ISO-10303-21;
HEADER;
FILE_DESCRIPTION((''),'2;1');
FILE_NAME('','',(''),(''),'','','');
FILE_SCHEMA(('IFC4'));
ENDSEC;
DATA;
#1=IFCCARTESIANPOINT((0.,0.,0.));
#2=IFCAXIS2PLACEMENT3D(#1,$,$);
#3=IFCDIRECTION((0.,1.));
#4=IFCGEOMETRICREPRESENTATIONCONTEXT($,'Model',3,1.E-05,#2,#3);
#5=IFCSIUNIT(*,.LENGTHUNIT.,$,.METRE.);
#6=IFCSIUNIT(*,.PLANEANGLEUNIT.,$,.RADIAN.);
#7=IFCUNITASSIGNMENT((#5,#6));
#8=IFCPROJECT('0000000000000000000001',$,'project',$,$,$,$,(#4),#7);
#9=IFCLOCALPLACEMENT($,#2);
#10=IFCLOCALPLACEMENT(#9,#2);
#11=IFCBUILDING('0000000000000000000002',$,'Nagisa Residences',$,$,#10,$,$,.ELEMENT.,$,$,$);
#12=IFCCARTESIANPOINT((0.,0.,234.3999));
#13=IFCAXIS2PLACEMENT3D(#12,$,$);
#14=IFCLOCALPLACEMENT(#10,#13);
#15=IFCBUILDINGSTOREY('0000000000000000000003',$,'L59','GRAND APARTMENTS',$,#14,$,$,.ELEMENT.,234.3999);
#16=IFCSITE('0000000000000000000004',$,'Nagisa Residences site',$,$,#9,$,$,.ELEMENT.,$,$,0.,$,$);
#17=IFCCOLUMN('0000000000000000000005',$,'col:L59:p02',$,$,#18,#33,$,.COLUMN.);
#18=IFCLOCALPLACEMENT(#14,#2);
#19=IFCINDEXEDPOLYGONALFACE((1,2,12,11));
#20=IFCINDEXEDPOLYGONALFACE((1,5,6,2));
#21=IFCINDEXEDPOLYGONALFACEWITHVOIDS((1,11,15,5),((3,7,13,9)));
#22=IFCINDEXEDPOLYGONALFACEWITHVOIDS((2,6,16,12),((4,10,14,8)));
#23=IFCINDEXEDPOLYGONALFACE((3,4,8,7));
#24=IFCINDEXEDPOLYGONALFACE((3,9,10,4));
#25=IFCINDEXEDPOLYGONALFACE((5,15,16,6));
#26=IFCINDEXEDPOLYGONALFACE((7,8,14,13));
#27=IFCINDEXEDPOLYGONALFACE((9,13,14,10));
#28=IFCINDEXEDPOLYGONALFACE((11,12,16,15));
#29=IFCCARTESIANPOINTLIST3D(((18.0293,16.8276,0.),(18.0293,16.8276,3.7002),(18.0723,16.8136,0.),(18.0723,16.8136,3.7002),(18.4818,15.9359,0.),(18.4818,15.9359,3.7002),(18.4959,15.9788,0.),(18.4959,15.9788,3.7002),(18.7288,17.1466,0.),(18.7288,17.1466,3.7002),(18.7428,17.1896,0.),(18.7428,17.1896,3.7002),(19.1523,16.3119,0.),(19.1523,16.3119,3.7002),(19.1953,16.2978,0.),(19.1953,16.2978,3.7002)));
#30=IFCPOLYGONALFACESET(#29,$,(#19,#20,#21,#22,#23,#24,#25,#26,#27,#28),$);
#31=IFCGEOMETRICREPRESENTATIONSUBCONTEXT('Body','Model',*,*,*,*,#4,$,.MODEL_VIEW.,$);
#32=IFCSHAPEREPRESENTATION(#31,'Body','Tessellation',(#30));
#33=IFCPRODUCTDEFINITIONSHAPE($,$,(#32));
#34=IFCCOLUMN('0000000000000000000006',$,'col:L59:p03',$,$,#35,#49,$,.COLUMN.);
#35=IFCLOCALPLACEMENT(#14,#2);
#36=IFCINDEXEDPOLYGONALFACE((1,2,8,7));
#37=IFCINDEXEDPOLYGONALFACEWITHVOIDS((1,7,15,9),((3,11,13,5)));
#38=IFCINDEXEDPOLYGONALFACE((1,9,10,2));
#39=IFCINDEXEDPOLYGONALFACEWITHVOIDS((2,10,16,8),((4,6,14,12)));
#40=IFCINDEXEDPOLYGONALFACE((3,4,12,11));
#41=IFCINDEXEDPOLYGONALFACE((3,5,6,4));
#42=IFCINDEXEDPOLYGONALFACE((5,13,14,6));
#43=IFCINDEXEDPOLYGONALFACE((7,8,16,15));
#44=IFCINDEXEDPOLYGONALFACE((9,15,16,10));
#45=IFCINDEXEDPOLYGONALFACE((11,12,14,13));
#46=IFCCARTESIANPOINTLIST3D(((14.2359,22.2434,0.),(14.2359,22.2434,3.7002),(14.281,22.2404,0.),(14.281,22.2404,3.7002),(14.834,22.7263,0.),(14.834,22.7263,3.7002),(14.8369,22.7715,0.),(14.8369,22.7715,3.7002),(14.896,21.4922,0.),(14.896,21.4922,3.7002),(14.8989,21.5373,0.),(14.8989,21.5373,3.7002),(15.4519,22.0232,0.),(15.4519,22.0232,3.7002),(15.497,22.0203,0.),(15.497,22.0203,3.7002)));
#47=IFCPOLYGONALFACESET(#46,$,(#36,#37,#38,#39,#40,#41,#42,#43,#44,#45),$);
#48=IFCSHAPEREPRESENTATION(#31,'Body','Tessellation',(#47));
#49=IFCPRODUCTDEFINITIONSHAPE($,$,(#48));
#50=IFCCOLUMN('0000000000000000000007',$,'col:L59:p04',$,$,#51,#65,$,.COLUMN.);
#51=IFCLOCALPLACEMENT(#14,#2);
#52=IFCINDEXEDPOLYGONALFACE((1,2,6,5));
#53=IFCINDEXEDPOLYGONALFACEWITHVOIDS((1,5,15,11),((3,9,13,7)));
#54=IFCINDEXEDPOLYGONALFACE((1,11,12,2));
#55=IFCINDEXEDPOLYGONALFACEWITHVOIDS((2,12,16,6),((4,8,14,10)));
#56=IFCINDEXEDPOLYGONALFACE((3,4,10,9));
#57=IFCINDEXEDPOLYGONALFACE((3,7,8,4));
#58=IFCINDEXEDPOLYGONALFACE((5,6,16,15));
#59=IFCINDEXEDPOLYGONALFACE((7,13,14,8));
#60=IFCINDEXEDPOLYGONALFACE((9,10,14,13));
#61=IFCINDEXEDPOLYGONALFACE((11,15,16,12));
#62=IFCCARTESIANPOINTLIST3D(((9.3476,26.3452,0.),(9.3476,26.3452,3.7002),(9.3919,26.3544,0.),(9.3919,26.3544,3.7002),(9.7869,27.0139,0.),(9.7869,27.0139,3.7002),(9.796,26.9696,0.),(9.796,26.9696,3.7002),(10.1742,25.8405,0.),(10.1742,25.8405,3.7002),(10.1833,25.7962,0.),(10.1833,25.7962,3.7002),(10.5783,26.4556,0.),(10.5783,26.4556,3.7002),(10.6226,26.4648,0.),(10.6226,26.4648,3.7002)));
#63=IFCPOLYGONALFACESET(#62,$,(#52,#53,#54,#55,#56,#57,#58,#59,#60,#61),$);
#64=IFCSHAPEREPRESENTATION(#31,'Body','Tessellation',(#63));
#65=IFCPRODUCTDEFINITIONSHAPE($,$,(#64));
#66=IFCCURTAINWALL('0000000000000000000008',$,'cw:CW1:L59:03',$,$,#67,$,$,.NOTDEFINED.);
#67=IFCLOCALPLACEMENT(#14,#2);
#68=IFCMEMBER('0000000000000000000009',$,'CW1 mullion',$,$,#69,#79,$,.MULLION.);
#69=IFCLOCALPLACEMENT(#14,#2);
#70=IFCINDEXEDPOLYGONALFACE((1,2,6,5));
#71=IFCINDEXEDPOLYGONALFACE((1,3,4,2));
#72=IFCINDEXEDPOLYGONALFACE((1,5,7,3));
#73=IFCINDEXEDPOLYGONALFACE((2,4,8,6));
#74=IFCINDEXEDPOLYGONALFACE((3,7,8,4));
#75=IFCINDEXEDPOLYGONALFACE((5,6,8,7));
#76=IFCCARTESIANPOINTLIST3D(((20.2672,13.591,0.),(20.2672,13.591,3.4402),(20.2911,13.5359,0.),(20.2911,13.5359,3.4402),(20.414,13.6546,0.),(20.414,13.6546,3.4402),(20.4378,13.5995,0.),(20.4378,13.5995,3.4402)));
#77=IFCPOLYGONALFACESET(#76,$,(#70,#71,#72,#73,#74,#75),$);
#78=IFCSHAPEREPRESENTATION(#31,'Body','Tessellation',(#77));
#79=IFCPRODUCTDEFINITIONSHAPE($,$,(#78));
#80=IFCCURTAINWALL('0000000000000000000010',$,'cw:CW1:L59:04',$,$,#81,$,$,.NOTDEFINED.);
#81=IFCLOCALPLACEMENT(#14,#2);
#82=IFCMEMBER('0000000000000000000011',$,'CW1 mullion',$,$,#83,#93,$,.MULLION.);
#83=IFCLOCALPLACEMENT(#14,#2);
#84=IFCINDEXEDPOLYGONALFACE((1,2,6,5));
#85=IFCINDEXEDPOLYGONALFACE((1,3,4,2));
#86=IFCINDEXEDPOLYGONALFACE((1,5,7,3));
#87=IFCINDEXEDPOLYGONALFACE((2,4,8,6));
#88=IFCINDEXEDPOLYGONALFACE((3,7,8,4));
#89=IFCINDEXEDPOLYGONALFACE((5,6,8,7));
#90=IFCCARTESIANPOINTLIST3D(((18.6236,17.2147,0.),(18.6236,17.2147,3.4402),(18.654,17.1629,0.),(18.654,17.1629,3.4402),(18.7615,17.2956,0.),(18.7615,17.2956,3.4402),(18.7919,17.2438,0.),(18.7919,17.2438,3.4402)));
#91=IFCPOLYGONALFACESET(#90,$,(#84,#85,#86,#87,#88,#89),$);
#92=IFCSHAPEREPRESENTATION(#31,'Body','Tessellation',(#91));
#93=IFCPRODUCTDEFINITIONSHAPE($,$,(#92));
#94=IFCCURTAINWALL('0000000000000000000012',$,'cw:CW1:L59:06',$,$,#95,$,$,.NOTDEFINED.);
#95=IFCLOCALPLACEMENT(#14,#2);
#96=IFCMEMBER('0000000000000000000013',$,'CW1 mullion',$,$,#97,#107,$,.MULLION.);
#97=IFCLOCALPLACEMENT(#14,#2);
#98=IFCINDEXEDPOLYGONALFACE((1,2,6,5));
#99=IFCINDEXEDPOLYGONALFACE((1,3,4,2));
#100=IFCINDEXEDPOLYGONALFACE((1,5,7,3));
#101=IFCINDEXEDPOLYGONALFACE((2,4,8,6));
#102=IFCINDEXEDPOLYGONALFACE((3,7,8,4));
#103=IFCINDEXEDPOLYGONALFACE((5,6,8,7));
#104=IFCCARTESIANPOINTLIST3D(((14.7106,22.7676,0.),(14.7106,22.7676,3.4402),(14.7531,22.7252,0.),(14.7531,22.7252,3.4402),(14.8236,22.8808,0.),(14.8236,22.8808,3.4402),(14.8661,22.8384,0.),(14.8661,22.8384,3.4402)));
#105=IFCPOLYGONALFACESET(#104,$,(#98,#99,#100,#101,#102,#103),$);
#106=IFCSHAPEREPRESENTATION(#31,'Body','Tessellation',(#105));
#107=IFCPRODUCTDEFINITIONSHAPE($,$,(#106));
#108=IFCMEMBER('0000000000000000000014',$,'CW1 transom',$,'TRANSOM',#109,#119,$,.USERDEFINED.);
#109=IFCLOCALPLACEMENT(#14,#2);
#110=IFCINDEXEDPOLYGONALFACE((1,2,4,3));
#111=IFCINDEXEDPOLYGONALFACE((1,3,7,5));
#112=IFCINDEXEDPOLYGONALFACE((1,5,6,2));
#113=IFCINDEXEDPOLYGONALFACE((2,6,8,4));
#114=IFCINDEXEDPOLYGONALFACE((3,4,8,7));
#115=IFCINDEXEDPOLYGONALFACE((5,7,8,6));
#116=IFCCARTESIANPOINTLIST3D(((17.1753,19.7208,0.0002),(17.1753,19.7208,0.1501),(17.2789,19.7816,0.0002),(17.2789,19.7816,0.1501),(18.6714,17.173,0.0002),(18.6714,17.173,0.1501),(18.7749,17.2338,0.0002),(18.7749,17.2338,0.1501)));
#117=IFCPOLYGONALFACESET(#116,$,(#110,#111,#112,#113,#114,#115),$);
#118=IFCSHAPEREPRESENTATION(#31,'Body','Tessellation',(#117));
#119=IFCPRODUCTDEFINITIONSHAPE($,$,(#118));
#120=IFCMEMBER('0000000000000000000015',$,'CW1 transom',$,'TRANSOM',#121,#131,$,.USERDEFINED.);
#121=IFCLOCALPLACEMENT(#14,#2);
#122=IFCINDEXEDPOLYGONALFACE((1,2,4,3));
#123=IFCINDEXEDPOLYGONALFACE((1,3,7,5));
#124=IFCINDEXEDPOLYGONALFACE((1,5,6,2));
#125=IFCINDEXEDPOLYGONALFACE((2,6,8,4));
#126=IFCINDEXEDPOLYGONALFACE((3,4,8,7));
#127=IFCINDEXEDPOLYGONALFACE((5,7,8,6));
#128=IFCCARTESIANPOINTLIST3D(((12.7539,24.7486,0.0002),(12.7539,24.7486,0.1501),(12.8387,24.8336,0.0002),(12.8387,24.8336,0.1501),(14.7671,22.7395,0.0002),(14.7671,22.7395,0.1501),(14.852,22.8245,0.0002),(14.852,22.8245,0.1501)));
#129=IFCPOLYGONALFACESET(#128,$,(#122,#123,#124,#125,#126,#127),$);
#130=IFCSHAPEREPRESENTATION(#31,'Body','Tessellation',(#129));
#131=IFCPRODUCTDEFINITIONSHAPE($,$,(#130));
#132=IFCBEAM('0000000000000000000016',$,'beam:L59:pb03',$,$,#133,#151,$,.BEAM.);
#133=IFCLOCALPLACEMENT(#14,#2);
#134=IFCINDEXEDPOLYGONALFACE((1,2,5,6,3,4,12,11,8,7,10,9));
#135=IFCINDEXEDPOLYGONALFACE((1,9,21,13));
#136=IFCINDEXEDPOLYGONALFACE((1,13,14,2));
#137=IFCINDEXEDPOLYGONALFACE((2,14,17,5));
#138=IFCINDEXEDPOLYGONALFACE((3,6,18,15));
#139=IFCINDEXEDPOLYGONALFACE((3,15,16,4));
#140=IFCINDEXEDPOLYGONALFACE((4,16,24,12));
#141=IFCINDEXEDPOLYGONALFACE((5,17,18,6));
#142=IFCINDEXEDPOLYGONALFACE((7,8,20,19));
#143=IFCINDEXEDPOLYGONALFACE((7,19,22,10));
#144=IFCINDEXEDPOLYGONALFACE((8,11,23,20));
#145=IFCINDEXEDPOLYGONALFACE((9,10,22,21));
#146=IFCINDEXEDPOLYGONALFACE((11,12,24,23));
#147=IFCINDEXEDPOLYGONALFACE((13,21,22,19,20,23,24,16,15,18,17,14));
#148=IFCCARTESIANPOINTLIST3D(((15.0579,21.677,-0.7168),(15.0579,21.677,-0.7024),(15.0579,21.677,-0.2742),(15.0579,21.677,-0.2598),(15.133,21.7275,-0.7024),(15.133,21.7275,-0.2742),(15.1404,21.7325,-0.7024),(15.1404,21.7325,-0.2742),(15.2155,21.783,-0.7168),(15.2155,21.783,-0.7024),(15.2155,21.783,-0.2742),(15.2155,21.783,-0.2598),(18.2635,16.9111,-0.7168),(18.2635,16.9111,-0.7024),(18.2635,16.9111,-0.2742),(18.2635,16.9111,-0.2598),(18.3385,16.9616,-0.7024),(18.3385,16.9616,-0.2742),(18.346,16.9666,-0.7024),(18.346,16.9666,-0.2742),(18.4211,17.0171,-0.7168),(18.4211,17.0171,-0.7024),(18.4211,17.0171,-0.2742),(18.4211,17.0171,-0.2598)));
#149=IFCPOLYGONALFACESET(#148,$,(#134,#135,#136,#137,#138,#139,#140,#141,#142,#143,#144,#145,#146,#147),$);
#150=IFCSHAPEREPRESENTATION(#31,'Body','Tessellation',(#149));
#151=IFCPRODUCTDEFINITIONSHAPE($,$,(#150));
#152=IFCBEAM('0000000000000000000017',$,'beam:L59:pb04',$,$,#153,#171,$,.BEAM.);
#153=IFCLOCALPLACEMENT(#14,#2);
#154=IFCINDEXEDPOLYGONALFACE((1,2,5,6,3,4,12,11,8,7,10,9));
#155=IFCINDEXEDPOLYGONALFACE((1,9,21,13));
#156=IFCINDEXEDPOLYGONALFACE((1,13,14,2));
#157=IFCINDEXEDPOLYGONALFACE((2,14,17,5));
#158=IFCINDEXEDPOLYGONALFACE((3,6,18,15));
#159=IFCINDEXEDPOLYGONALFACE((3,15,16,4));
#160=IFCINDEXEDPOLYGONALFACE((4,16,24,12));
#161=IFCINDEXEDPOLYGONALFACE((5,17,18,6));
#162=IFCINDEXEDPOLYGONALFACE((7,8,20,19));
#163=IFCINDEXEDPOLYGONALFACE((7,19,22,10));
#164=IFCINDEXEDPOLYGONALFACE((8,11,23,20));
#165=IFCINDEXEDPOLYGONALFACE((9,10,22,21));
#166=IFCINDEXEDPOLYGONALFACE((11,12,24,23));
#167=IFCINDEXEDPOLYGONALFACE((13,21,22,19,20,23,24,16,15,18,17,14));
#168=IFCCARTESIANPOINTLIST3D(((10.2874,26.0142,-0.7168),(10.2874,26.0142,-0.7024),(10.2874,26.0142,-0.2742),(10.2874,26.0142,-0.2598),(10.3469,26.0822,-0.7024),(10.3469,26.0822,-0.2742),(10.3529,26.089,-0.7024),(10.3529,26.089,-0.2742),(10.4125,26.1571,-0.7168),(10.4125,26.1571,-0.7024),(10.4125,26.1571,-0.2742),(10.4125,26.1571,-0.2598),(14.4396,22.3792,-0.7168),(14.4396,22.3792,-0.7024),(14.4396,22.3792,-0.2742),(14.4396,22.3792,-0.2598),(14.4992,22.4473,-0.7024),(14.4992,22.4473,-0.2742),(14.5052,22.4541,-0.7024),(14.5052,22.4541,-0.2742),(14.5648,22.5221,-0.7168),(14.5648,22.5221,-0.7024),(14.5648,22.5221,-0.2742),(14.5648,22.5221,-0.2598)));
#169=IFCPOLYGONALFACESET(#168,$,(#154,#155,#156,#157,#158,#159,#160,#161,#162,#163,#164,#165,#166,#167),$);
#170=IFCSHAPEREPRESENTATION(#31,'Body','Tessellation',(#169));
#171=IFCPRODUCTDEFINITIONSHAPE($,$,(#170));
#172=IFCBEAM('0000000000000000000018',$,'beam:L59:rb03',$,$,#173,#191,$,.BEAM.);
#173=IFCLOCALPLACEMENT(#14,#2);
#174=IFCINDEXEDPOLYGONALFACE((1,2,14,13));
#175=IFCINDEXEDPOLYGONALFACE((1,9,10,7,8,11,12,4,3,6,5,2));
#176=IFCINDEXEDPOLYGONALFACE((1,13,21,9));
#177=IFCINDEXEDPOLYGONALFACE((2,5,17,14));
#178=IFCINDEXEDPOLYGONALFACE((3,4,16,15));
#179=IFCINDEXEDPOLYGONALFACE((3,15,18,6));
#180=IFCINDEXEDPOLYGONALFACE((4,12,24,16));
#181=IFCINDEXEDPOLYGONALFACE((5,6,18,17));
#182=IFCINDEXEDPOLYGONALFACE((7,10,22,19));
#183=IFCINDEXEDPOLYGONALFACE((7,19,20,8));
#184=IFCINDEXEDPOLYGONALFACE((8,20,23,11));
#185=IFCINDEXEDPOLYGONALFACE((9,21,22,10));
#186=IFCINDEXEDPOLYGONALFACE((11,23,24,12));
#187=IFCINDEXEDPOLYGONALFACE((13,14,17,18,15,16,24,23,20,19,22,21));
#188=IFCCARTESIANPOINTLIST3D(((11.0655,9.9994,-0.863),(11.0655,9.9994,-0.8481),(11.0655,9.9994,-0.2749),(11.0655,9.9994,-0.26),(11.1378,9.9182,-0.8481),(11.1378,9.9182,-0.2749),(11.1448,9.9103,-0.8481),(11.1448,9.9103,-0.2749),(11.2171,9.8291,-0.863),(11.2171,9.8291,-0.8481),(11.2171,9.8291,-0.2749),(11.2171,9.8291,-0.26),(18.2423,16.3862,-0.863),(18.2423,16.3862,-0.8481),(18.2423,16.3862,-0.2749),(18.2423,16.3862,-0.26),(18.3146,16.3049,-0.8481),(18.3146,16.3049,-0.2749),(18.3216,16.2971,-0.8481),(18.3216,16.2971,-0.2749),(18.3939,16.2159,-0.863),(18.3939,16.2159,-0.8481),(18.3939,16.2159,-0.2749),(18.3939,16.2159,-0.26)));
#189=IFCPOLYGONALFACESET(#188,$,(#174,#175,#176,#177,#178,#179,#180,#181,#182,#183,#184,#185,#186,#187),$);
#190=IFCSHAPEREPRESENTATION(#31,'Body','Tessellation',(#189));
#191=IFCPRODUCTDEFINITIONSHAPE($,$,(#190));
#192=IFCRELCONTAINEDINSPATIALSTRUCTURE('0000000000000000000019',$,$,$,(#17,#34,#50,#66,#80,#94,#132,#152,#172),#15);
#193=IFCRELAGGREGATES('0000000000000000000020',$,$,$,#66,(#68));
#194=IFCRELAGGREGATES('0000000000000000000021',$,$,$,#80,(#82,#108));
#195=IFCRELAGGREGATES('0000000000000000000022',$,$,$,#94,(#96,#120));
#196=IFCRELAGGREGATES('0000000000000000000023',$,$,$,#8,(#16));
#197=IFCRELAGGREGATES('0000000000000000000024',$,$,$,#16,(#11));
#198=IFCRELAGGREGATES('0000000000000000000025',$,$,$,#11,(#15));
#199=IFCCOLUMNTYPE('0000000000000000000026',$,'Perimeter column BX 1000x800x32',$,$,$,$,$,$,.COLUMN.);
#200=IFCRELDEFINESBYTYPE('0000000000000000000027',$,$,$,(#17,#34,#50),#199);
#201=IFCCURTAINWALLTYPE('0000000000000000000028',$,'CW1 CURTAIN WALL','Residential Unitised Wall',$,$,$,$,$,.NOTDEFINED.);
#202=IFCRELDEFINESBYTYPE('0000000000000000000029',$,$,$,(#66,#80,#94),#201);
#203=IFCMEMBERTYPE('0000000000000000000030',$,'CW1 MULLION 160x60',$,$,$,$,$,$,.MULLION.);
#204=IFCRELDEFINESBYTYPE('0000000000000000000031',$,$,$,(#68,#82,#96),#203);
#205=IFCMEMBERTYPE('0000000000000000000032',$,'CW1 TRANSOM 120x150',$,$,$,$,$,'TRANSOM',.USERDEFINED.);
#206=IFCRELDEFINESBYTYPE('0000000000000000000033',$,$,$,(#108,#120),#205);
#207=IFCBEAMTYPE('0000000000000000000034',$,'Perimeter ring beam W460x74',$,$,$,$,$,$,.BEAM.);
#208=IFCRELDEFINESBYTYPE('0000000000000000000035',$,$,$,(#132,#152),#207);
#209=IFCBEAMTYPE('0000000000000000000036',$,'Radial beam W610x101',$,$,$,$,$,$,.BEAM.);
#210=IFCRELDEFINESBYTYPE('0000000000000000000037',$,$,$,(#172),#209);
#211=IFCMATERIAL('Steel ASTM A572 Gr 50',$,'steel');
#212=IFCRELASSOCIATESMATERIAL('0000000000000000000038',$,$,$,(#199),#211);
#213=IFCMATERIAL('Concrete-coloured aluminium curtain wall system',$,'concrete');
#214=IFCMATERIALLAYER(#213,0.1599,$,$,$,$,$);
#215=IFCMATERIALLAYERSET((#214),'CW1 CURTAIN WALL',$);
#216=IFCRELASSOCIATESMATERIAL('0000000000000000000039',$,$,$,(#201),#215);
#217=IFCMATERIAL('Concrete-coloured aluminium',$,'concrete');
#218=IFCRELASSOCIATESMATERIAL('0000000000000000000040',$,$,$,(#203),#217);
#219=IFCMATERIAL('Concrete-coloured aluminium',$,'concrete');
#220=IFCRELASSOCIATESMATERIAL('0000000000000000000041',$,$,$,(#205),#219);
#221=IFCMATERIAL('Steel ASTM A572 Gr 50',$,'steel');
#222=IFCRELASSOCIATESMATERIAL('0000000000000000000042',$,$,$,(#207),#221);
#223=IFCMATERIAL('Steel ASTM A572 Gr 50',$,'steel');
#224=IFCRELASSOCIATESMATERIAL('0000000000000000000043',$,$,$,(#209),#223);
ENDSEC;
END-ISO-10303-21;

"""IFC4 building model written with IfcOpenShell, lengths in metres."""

from ifc_helpers import new_model, si_unit, direction, frame, origin, origin_2d, place, context, subcontext, project, spatial, rectangle, hollow_rectangle, i_section, extrude, material, layer, layer_set, material_profile, profile_set, type_object, element, aggregate, save


model = new_model("IFC4")

# Units and contexts
model_context = context("Model", 3, precision=1e-05, world=origin(), true_north=direction((0.0, 1.0)))
body_context = subcontext(model_context, "Body", "Model", "MODEL_VIEW")
ifc_project = project(units=[si_unit("LENGTHUNIT", "METRE"), si_unit("PLANEANGLEUNIT", "RADIAN")], contexts=[model_context])

# Site, building, storey
site_placement = place(None, origin())
site = spatial("IfcSite", under=ifc_project, at=site_placement, Name="Nagisa Residences site", CompositionType="ELEMENT", RefElevation=0.0)
building_placement = place(site_placement, origin())
building = spatial("IfcBuilding", under=site, at=building_placement, Name="Nagisa Residences", CompositionType="ELEMENT")
storey_placement = place(building_placement, frame((0.0, 0.0, 234.3999)))
storey = spatial("IfcBuildingStorey", under=building, at=storey_placement, Name="L59", Description="GRAND APARTMENTS", CompositionType="ELEMENT", Elevation=234.3999)

# Columns
ifc_material_1 = material(Name="Steel ASTM A572 Gr 50", Category="steel")
ifc_material_profile_1 = material_profile(ifc_material_1, hollow_rectangle(XDim=1.0, YDim=0.8, WallThickness=0.032, at=origin_2d()), Name="BX 1000x800x32")
ifc_profile_set_1 = profile_set([ifc_material_profile_1], Name="Steel ASTM A572 Gr 50")
column_type = type_object("IfcColumnType", Name="Perimeter column BX 1000x800x32", PredefinedType="COLUMN", material=ifc_profile_set_1)
for number, where, z_axis, x_axis, name in (
    (1, (18.6123, 16.5627, 0.0), (0.0, 0.0, 1.0), (-0.452463, 0.891783, 0.0), "col:L59:p02"),
    (2, (14.8665, 22.1318, 0.0), (0.0, 0.0, 1.0), (-0.660115, 0.751165, 0.0), "col:L59:p03"),
    (3, (9.9851, 26.405, 0.0), (0.0, 0.0, 1.0), (-0.835766, 0.549086, 0.0), "col:L59:p04"),
):
    element("IfcColumn", number, at=place(storey_placement, frame(where, z_axis=z_axis, x_axis=x_axis)), inside=storey, type_object=column_type, Name=name, PredefinedType="COLUMN", context=body_context, shape_type="SweptSolid", body=[
        extrude(hollow_rectangle(XDim=1.0, YDim=0.8, WallThickness=0.032, at=origin_2d()), origin(), (0.0, 0.0, 1.0), 3.7002),
    ])

# Curtain walls, members
ifc_material_2 = material(Name="Concrete-coloured aluminium curtain wall system", Category="concrete")
ifc_layer_1 = layer(ifc_material_2, 0.1599)
ifc_layer_set_1 = layer_set([ifc_layer_1], Name="CW1 CURTAIN WALL")
curtain_wall_type = type_object("IfcCurtainWallType", Name="CW1 CURTAIN WALL", Description="Residential Unitised Wall", PredefinedType="NOTDEFINED", material=ifc_layer_set_1)
curtain_wall_1_placement = place(storey_placement, origin())
curtain_wall_1 = element("IfcCurtainWall", 4, at=curtain_wall_1_placement, inside=storey, type_object=curtain_wall_type, Name="cw:CW1:L59:03", PredefinedType="NOTDEFINED")
ifc_material_3 = material(Name="Concrete-coloured aluminium", Category="concrete")
ifc_material_profile_2 = material_profile(ifc_material_3, rectangle(XDim=0.1599, YDim=0.0601, at=origin_2d()), Name="CW1 MULLION 160x60")
ifc_profile_set_2 = profile_set([ifc_material_profile_2], Name="Concrete-coloured aluminium")
member_type_1 = type_object("IfcMemberType", Name="CW1 MULLION 160x60", PredefinedType="MULLION", material=ifc_profile_set_2)
member_1_placement = place(storey_placement, frame((20.3525, 13.5952, 0.0), z_axis=(0.0, 0.0, 1.0), x_axis=(-0.917543, -0.397636, 0.0)))
member_1 = element("IfcMember", 5, at=member_1_placement, type_object=member_type_1, Name="CW1 mullion", PredefinedType="MULLION", context=body_context, shape_type="SweptSolid", body=[
    extrude(rectangle(XDim=0.1599, YDim=0.0601, at=origin_2d()), origin(), (0.0, 0.0, 1.0), 3.4402),
])
curtain_wall_2_placement = place(storey_placement, origin())
curtain_wall_2 = element("IfcCurtainWall", 6, at=curtain_wall_2_placement, inside=storey, type_object=curtain_wall_type, Name="cw:CW1:L59:04", PredefinedType="NOTDEFINED")
member_2_placement = place(storey_placement, frame((18.7078, 17.2292, 0.0), z_axis=(0.0, 0.0, 1.0), x_axis=(-0.862329, -0.506349, 0.0)))
member_2 = element("IfcMember", 7, at=member_2_placement, type_object=member_type_1, Name="CW1 mullion", PredefinedType="MULLION", context=body_context, shape_type="SweptSolid", body=[
    extrude(rectangle(XDim=0.1599, YDim=0.0601, at=origin_2d()), origin(), (0.0, 0.0, 1.0), 3.4402),
])
curtain_wall_3_placement = place(storey_placement, origin())
curtain_wall_3 = element("IfcCurtainWall", 8, at=curtain_wall_3_placement, inside=storey, type_object=curtain_wall_type, Name="cw:CW1:L59:06", PredefinedType="NOTDEFINED")
member_3_placement = place(storey_placement, frame((14.7883, 22.803, 0.0), z_axis=(0.0, 0.0, 1.0), x_axis=(-0.706377, -0.707836, 0.0)))
member_3 = element("IfcMember", 9, at=member_3_placement, type_object=member_type_1, Name="CW1 mullion", PredefinedType="MULLION", context=body_context, shape_type="SweptSolid", body=[
    extrude(rectangle(XDim=0.1599, YDim=0.0601, at=origin_2d()), origin(), (0.0, 0.0, 1.0), 3.4402),
])

# Members
ifc_material_4 = material(Name="Concrete-coloured aluminium", Category="concrete")
ifc_material_profile_3 = material_profile(ifc_material_4, rectangle(XDim=0.1201, YDim=0.1499, at=origin_2d()), Name="CW1 TRANSOM 120x150")
ifc_profile_set_3 = profile_set([ifc_material_profile_3], Name="Concrete-coloured aluminium")
member_type_2 = type_object("IfcMemberType", Name="CW1 TRANSOM 120x150", ElementType="TRANSOM", PredefinedType="USERDEFINED", material=ifc_profile_set_3)
member_4_placement = place(storey_placement, frame((18.7231, 17.2034, 0.0752), z_axis=(-0.506356, 0.862325, 0.0), x_axis=(-0.862325, -0.506356, 0.0)))
member_4 = element("IfcMember", 10, at=member_4_placement, type_object=member_type_2, Name="CW1 transom", ObjectType="TRANSOM", PredefinedType="USERDEFINED", context=body_context, shape_type="SweptSolid", body=[
    extrude(rectangle(XDim=0.1201, YDim=0.1499, at=origin_2d()), origin(), (0.0, 0.0, 1.0), 2.9546),
])
member_5_placement = place(storey_placement, frame((14.8096, 22.782, 0.0752), z_axis=(-0.707836, 0.706377, 0.0), x_axis=(-0.706377, -0.707836, 0.0)))
member_5 = element("IfcMember", 11, at=member_5_placement, type_object=member_type_2, Name="CW1 transom", ObjectType="TRANSOM", PredefinedType="USERDEFINED", context=body_context, shape_type="SweptSolid", body=[
    extrude(rectangle(XDim=0.1201, YDim=0.1499, at=origin_2d()), origin(), (0.0, 0.0, 1.0), 2.8442),
])

# Beams
ifc_material_5 = material(Name="Steel ASTM A572 Gr 50", Category="steel")
ifc_material_profile_4 = material_profile(ifc_material_5, i_section(OverallWidth=0.1899, OverallDepth=0.457, WebThickness=0.009, FlangeThickness=0.0144, at=origin_2d()), Name="W460x74")
ifc_profile_set_4 = profile_set([ifc_material_profile_4], Name="Steel ASTM A572 Gr 50")
beam_type_1 = type_object("IfcBeamType", Name="Perimeter ring beam W460x74", PredefinedType="BEAM", material=ifc_profile_set_4)
beam_1_placement = place(storey_placement, frame((18.3423, 16.9641, -0.4883), z_axis=(-0.558109, 0.829768, 0.0), x_axis=(-0.829768, -0.558109, 0.0)))
element("IfcBeam", 12, at=beam_1_placement, inside=storey, type_object=beam_type_1, Name="beam:L59:pb03", PredefinedType="BEAM", context=body_context, shape_type="SweptSolid", body=[
    extrude(i_section(OverallWidth=0.1899, OverallDepth=0.457, WebThickness=0.009, FlangeThickness=0.0144, at=origin_2d()), origin(), (0.0, 0.0, 1.0), 5.7437),
])
beam_2_placement = place(storey_placement, frame((14.5022, 22.4507, -0.4883), z_axis=(-0.752423, 0.65868, 0.0), x_axis=(-0.65868, -0.752423, 0.0)))
element("IfcBeam", 13, at=beam_2_placement, inside=storey, type_object=beam_type_1, Name="beam:L59:pb04", PredefinedType="BEAM", context=body_context, shape_type="SweptSolid", body=[
    extrude(i_section(OverallWidth=0.1899, OverallDepth=0.457, WebThickness=0.009, FlangeThickness=0.0144, at=origin_2d()), origin(), (0.0, 0.0, 1.0), 5.5186),
])
ifc_material_6 = material(Name="Steel ASTM A572 Gr 50", Category="steel")
ifc_material_profile_5 = material_profile(ifc_material_6, i_section(OverallWidth=0.228, OverallDepth=0.603, WebThickness=0.0105, FlangeThickness=0.0149, at=origin_2d()), Name="W610x101")
ifc_profile_set_5 = profile_set([ifc_material_profile_5], Name="Steel ASTM A572 Gr 50")
beam_type_2 = type_object("IfcBeamType", Name="Radial beam W610x101", PredefinedType="BEAM", material=ifc_profile_set_5)
beam_3_placement = place(storey_placement, frame((18.3181, 16.301, -0.5615), z_axis=(-0.747028, -0.664793, 0.0), x_axis=(0.664793, -0.747028, 0.0)))
element("IfcBeam", 14, at=beam_3_placement, inside=storey, type_object=beam_type_2, Name="beam:L59:rb03", PredefinedType="BEAM", context=body_context, shape_type="SweptSolid", body=[
    extrude(i_section(OverallWidth=0.228, OverallDepth=0.603, WebThickness=0.0105, FlangeThickness=0.0149, at=origin_2d()), origin(), (0.0, 0.0, 1.0), 9.6072),
])

aggregate(curtain_wall_1, [member_1])
aggregate(curtain_wall_2, [member_2, member_4])
aggregate(curtain_wall_3, [member_3, member_5])

save(model, "model.ifc")
